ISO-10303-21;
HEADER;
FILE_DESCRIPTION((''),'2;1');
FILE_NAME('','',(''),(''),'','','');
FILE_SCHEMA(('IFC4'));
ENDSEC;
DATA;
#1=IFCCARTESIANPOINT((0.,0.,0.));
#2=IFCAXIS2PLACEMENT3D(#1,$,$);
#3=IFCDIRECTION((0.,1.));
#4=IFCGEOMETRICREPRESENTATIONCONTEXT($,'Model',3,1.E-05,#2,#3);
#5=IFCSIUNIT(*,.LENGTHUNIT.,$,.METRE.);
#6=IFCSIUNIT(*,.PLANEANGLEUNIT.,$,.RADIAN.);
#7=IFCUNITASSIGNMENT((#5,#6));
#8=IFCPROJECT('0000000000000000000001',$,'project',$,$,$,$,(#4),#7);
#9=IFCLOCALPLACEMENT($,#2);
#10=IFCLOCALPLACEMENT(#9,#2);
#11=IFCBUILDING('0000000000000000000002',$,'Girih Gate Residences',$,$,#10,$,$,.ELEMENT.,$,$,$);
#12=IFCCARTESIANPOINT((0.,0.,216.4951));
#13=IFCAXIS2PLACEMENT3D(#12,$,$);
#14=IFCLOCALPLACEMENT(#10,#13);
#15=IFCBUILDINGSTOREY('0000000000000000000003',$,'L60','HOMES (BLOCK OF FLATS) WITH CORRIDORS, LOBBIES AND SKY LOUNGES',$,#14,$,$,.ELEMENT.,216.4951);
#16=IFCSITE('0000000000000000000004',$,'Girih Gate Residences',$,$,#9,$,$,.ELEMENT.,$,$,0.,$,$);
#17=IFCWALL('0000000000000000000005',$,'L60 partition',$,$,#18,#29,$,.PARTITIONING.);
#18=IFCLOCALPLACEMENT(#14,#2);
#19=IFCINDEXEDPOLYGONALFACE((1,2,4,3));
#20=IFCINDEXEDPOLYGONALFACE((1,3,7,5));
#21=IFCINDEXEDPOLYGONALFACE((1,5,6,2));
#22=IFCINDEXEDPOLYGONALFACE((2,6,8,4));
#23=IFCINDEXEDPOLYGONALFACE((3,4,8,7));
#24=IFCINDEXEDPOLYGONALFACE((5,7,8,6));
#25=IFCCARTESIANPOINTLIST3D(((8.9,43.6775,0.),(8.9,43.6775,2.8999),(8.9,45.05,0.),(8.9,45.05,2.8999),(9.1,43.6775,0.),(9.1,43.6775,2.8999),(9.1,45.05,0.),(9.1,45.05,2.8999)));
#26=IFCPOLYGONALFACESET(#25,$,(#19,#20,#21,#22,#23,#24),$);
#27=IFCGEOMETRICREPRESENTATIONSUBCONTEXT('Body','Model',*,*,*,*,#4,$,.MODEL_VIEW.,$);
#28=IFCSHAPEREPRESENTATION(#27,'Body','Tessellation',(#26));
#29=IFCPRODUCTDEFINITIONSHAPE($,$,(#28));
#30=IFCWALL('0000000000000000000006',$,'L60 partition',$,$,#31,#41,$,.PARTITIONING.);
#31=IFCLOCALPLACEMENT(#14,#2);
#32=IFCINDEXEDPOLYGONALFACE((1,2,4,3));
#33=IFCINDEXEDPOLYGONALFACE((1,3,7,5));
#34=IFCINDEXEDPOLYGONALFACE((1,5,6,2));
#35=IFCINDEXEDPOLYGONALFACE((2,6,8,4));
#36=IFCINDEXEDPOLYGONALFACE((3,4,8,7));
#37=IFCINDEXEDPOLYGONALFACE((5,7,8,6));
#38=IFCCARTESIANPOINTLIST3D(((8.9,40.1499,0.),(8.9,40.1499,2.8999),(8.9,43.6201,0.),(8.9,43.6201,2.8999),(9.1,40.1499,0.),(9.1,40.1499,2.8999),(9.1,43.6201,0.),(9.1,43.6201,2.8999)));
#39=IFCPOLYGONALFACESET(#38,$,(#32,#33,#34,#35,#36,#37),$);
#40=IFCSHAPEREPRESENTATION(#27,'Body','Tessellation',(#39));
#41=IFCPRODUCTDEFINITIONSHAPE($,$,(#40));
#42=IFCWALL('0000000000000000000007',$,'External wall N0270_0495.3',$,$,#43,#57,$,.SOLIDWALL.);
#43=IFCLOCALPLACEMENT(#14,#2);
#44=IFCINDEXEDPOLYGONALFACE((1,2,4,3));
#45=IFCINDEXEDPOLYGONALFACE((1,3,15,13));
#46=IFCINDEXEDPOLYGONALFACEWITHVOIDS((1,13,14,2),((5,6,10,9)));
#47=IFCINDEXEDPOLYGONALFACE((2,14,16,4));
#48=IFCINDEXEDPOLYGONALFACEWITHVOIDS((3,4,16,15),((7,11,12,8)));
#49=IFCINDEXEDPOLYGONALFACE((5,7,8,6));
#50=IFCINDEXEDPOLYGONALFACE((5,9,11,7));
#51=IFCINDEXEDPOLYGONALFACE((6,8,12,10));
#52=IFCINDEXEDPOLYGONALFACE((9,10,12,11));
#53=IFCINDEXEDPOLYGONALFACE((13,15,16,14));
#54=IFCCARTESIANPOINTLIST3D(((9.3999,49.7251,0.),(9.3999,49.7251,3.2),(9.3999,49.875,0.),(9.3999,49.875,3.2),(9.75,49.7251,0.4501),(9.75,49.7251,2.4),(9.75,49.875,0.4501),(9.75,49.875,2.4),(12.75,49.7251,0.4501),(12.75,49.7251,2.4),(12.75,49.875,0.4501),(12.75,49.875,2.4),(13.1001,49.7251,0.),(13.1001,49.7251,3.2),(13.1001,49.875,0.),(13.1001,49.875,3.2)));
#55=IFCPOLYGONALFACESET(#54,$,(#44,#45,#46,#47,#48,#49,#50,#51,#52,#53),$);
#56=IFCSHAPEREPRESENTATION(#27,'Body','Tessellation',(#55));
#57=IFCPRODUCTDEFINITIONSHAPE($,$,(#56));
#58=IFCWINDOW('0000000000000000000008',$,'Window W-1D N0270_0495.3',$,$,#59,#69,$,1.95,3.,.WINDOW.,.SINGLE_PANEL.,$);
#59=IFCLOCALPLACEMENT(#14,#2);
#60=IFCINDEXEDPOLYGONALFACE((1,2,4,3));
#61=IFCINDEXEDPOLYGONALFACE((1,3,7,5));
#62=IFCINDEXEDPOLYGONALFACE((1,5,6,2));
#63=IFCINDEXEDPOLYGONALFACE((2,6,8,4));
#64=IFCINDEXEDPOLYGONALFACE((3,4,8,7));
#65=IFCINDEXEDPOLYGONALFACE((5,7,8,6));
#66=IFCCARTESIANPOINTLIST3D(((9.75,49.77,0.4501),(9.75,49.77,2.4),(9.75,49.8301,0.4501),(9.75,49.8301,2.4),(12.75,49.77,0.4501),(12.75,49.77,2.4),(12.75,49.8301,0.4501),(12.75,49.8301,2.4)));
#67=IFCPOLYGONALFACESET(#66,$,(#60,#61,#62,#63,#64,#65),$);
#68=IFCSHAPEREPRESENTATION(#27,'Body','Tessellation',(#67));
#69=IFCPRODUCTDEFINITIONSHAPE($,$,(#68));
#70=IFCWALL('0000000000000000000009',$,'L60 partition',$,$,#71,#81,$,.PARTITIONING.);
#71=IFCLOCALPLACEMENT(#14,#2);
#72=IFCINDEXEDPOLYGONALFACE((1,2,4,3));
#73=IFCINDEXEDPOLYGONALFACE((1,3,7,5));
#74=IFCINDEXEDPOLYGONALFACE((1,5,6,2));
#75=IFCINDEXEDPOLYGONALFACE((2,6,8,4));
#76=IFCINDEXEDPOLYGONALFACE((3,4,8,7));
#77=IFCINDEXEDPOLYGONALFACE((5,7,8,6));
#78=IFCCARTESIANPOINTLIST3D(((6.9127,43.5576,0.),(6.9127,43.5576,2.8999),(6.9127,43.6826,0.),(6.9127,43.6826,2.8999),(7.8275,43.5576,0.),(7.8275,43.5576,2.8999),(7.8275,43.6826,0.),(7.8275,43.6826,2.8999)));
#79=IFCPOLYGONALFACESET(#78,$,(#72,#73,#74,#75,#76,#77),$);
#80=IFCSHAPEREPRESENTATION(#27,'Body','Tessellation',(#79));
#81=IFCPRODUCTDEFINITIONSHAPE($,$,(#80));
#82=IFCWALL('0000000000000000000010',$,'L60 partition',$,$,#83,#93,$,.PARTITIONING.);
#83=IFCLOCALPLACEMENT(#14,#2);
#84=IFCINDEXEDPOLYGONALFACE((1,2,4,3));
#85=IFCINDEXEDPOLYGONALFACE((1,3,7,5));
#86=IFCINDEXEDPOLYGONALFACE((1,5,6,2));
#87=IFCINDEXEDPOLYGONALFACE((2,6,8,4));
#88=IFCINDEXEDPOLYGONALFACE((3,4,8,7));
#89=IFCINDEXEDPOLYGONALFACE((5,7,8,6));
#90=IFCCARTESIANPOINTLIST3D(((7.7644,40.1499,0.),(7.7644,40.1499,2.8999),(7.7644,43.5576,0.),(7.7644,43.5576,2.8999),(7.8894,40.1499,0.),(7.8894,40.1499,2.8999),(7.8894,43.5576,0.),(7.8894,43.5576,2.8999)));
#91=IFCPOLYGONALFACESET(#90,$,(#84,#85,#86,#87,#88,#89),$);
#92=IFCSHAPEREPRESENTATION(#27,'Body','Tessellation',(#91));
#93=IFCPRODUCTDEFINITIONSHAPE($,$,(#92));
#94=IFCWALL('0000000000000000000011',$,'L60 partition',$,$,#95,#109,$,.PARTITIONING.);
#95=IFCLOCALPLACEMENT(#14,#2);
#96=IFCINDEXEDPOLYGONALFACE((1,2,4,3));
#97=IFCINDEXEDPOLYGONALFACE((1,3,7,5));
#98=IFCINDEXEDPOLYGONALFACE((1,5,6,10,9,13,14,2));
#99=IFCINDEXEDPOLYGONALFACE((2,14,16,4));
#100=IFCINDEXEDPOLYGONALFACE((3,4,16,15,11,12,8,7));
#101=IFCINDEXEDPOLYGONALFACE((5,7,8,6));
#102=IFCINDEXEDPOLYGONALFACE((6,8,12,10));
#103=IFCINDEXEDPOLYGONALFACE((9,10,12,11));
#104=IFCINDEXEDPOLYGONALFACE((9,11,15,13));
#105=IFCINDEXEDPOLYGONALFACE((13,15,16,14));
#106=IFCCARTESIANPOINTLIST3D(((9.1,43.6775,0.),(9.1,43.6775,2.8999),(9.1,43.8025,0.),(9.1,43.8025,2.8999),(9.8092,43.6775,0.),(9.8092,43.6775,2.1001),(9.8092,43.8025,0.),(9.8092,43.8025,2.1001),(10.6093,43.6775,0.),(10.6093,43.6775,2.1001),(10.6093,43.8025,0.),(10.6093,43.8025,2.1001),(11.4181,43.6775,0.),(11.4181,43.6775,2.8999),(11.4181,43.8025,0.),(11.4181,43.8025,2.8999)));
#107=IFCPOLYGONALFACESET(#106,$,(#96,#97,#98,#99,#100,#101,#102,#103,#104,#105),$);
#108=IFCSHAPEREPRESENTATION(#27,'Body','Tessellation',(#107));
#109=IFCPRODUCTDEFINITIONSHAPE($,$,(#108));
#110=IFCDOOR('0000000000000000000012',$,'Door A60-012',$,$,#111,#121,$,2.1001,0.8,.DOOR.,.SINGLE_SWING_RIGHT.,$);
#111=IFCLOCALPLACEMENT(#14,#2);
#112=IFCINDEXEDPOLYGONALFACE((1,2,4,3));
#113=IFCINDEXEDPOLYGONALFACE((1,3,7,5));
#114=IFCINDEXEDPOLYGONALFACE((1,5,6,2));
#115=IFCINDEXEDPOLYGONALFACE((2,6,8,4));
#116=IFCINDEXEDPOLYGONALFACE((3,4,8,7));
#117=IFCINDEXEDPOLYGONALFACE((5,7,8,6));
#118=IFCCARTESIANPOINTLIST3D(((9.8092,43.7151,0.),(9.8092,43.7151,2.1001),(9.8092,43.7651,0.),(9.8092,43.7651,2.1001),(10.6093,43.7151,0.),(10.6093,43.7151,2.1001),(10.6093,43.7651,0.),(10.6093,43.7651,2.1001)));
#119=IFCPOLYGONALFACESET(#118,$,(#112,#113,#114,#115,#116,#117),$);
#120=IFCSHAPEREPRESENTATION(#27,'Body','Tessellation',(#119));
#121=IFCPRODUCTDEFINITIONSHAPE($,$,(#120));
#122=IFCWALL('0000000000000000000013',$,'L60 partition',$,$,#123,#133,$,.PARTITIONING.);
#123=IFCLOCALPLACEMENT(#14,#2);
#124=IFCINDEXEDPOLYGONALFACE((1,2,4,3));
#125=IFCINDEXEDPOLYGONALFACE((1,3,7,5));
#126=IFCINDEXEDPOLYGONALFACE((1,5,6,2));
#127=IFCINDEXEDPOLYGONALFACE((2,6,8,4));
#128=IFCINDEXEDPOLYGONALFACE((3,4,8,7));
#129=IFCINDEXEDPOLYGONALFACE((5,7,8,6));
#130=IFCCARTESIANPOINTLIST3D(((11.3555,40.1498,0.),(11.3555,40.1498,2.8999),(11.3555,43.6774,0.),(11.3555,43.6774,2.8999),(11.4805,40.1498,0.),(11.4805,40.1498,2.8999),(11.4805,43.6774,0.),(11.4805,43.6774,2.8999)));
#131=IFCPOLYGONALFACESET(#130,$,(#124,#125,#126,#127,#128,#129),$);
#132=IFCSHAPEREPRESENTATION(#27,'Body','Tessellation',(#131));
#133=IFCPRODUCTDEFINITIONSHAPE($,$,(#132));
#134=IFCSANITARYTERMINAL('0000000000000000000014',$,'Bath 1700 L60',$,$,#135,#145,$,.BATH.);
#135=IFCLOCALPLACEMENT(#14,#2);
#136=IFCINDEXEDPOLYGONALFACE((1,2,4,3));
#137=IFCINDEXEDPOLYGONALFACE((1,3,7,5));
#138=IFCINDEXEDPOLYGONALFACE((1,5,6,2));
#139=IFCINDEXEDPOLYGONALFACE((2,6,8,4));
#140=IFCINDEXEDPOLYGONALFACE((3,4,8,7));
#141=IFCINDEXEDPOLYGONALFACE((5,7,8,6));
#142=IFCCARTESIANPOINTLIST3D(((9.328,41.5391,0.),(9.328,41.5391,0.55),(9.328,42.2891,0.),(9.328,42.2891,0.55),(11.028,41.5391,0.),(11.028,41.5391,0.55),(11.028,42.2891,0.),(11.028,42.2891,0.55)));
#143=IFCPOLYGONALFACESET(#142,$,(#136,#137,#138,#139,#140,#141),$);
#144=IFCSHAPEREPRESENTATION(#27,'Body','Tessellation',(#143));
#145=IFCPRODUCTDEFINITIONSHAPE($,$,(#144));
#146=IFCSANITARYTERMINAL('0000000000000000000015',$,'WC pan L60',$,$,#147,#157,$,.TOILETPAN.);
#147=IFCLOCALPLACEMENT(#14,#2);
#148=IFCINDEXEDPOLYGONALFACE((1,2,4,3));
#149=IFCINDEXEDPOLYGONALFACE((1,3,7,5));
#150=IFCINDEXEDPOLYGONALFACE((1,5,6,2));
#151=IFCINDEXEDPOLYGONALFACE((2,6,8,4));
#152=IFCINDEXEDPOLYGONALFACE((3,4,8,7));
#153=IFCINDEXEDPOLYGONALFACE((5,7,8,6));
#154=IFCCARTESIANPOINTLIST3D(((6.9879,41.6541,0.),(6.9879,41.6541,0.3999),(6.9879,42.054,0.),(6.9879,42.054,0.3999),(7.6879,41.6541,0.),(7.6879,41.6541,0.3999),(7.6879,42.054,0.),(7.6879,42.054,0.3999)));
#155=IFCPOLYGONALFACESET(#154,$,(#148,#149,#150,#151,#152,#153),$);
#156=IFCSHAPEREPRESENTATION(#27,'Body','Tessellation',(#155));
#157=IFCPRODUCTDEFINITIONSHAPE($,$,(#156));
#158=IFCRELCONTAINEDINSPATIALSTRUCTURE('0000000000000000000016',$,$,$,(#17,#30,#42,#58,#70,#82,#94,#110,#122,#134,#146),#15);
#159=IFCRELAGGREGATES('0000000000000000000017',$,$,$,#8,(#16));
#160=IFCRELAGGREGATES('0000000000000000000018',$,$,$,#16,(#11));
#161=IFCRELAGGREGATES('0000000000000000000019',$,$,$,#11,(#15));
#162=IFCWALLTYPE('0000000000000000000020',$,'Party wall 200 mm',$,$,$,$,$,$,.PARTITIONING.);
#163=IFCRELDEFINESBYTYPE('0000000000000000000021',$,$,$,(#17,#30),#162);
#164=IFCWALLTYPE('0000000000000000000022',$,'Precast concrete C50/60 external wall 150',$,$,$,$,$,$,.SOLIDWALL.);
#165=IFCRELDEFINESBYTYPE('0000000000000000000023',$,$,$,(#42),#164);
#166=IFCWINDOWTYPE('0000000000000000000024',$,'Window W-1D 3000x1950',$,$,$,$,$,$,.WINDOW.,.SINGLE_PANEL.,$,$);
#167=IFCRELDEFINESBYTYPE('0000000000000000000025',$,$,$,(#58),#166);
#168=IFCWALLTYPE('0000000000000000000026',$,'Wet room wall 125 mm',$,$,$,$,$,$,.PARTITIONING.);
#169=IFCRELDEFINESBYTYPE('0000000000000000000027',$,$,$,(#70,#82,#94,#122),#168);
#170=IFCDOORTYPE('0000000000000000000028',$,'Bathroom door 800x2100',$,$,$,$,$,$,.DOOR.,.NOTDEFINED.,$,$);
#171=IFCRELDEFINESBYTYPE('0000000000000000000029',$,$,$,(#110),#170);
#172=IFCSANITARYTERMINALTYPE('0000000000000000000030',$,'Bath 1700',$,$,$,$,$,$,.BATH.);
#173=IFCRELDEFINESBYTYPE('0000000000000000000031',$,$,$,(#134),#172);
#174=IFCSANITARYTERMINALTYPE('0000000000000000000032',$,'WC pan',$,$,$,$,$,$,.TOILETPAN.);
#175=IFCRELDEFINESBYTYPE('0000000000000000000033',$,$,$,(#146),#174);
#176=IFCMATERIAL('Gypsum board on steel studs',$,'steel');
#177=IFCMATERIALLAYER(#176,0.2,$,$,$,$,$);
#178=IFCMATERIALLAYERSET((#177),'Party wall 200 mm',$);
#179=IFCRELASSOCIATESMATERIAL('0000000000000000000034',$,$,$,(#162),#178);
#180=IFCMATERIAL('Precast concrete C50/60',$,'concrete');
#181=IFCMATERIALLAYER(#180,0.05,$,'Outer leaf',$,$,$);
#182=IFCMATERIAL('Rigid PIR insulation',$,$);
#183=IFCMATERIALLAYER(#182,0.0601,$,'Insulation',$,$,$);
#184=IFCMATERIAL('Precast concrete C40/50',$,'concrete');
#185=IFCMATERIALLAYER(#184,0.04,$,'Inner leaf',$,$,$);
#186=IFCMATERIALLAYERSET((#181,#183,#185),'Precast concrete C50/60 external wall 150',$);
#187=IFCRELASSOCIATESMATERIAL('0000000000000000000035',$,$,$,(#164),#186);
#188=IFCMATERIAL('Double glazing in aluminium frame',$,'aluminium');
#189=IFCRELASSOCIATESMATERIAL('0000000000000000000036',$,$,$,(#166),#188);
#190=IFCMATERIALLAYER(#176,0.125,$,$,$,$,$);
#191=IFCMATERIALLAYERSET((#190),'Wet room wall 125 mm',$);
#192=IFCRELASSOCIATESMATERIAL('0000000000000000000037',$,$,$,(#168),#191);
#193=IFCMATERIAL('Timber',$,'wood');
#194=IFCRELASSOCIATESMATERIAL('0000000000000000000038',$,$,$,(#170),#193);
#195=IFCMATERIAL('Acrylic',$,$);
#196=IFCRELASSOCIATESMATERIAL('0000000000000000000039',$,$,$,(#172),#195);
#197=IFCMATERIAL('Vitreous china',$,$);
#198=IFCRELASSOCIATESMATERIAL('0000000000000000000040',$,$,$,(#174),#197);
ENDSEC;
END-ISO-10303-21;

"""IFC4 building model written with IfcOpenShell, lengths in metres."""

from ifc_helpers import new_model, si_unit, direction, frame, frame_2d, origin, origin_2d, place, context, subcontext, project, spatial, rectangle, extrude, material, layer, layer_set, type_object, element, fill, save


model = new_model("IFC4")

# Units and contexts
model_context = context("Model", 3, precision=1e-05, world=origin(), true_north=direction((0.0, 1.0)))
body_context = subcontext(model_context, "Body", "Model", "MODEL_VIEW")
ifc_project = project(units=[si_unit("LENGTHUNIT", "METRE"), si_unit("PLANEANGLEUNIT", "RADIAN")], contexts=[model_context])

# Site, building, storey
site_placement = place(None, origin())
site = spatial("IfcSite", under=ifc_project, at=site_placement, Name="Girih Gate Residences", CompositionType="ELEMENT", RefElevation=0.0)
building_placement = place(site_placement, origin())
building = spatial("IfcBuilding", under=site, at=building_placement, Name="Girih Gate Residences", CompositionType="ELEMENT")
storey_placement = place(building_placement, frame((0.0, 0.0, 216.4951)))
storey = spatial("IfcBuildingStorey", under=building, at=storey_placement, Name="L60", Description="HOMES (BLOCK OF FLATS) WITH CORRIDORS, LOBBIES AND SKY LOUNGES", CompositionType="ELEMENT", Elevation=216.4951)

# Shared definitions
ifc_material_1 = material(Name="Gypsum board on steel studs", Category="steel")

# Shared definitions
ifc_material_2 = material(Name="Timber", Category="wood")

# Walls
ifc_layer_1 = layer(ifc_material_1, 0.2)
ifc_layer_set_1 = layer_set([ifc_layer_1], Name="Party wall 200 mm")
wall_type_1 = type_object("IfcWallType", Name="Party wall 200 mm", PredefinedType="PARTITIONING", material=ifc_layer_set_1)
wall_1_placement = place(storey_placement, frame((9.0, 43.6775, 0.0), z_axis=(0.0, 0.0, 1.0), x_axis=(0.0, 1.0, 0.0)))
element("IfcWall", 1, at=wall_1_placement, inside=storey, type_object=wall_type_1, Name="L60 partition", PredefinedType="PARTITIONING", context=body_context, shape_type="SweptSolid", body=[
    extrude(rectangle(XDim=1.3726, YDim=0.2, at=frame_2d((0.6863, 0.0))), origin(), (0.0, 0.0, 1.0), 2.8999),
])
wall_2_placement = place(storey_placement, frame((9.0, 40.1499, 0.0), z_axis=(0.0, 0.0, 1.0), x_axis=(0.0, 1.0, 0.0)))
element("IfcWall", 2, at=wall_2_placement, inside=storey, type_object=wall_type_1, Name="L60 partition", PredefinedType="PARTITIONING", context=body_context, shape_type="SweptSolid", body=[
    extrude(rectangle(XDim=3.4702, YDim=0.2, at=frame_2d((1.7351, 0.0))), origin(), (0.0, 0.0, 1.0), 2.8999),
])

# Wall, opening, window
ifc_material_3 = material(Name="Precast concrete C50/60", Category="concrete")
ifc_layer_2 = layer(ifc_material_3, 0.05, Name="Outer leaf")
ifc_material_4 = material(Name="Rigid PIR insulation")
ifc_layer_3 = layer(ifc_material_4, 0.0601, Name="Insulation")
ifc_material_5 = material(Name="Precast concrete C40/50", Category="concrete")
ifc_layer_4 = layer(ifc_material_5, 0.04, Name="Inner leaf")
ifc_layer_set_2 = layer_set([ifc_layer_2, ifc_layer_3, ifc_layer_4], Name="Precast concrete C50/60 external wall 150")
wall_type_2 = type_object("IfcWallType", Name="Precast concrete C50/60 external wall 150", PredefinedType="SOLIDWALL", material=ifc_layer_set_2)
wall_3_placement = place(storey_placement, frame((9.3999, 49.8, 0.0), z_axis=(0.0, 0.0, 1.0), x_axis=(1.0, 0.0, 0.0)))
wall_3 = element("IfcWall", 3, at=wall_3_placement, inside=storey, type_object=wall_type_2, Name="External wall N0270_0495.3", PredefinedType="SOLIDWALL", context=body_context, shape_type="SweptSolid", body=[
    extrude(rectangle(XDim=3.7002, YDim=0.1499, at=frame_2d((1.8501, 0.0))), origin(), (0.0, 0.0, 1.0), 3.2),
])
opening_1_placement = place(wall_3_placement, frame((0.3501, 0.0, 0.45)))
opening_1 = element("IfcOpeningElement", 4, at=opening_1_placement, cuts=wall_3, PredefinedType="OPENING", context=body_context, shape_type="SweptSolid", body=[
    extrude(rectangle(XDim=3.0, YDim=1.95, at=frame_2d((1.5, 0.9751))), frame((0.0, 0.085, 0.0), z_axis=(0.0, -1.0, 0.0), x_axis=(1.0, 0.0, 0.0)), (0.0, 0.0, 1.0), 0.1699),
])
ifc_material_6 = material(Name="Double glazing in aluminium frame", Category="aluminium")
window_type = type_object("IfcWindowType", Name="Window W-1D 3000x1950", PartitioningType="SINGLE_PANEL", PredefinedType="WINDOW", material=ifc_material_6)
window_placement = place(opening_1_placement, origin())
window = element("IfcWindow", 5, at=window_placement, inside=storey, type_object=window_type, Name="Window W-1D N0270_0495.3", OverallHeight=1.95, OverallWidth=3.0, PartitioningType="SINGLE_PANEL", PredefinedType="WINDOW", context=body_context, shape_type="SweptSolid", body=[
    extrude(rectangle(XDim=3.0, YDim=1.95, at=frame_2d((1.5, 0.9751))), frame((0.0, 0.03, 0.0), z_axis=(0.0, -1.0, 0.0), x_axis=(1.0, 0.0, 0.0)), (0.0, 0.0, 1.0), 0.0601),
])
fill(opening_1, window)

# Walls
ifc_layer_5 = layer(ifc_material_1, 0.125)
ifc_layer_set_3 = layer_set([ifc_layer_5], Name="Wet room wall 125 mm")
wall_type_3 = type_object("IfcWallType", Name="Wet room wall 125 mm", PredefinedType="PARTITIONING", material=ifc_layer_set_3)
wall_4_placement = place(storey_placement, frame((6.9126, 43.6201, 0.0), z_axis=(0.0, 0.0, 1.0), x_axis=(1.0, 0.0, 0.0)))
element("IfcWall", 6, at=wall_4_placement, inside=storey, type_object=wall_type_3, Name="L60 partition", PredefinedType="PARTITIONING", context=body_context, shape_type="SweptSolid", body=[
    extrude(rectangle(XDim=0.9148, YDim=0.125, at=frame_2d((0.4575, 0.0))), origin(), (0.0, 0.0, 1.0), 2.8999),
])
wall_5_placement = place(storey_placement, frame((7.8269, 40.1499, 0.0), z_axis=(0.0, 0.0, 1.0), x_axis=(0.0, 1.0, 0.0)))
element("IfcWall", 7, at=wall_5_placement, inside=storey, type_object=wall_type_3, Name="L60 partition", PredefinedType="PARTITIONING", context=body_context, shape_type="SweptSolid", body=[
    extrude(rectangle(XDim=3.4077, YDim=0.125, at=frame_2d((1.7039, 0.0))), origin(), (0.0, 0.0, 1.0), 2.8999),
])

# Wall, opening, door
wall_6_placement = place(storey_placement, frame((11.4182, 43.74, 0.0), z_axis=(0.0, 0.0, 1.0), x_axis=(-1.0, 0.0, 0.0)))
wall_6 = element("IfcWall", 8, at=wall_6_placement, inside=storey, type_object=wall_type_3, Name="L60 partition", PredefinedType="PARTITIONING", context=body_context, shape_type="SweptSolid", body=[
    extrude(rectangle(XDim=2.3181, YDim=0.125, at=frame_2d((1.1592, 0.0))), origin(), (0.0, 0.0, 1.0), 2.8999),
])
opening_2_placement = place(wall_6_placement, frame((0.8091, 0.0, 0.0)))
opening_2 = element("IfcOpeningElement", 9, at=opening_2_placement, cuts=wall_6, PredefinedType="OPENING", context=body_context, shape_type="SweptSolid", body=[
    extrude(rectangle(XDim=0.8, YDim=2.1001, at=frame_2d((0.3999, 1.05))), frame((0.0, 0.0725, 0.0), z_axis=(0.0, -1.0, 0.0), x_axis=(1.0, 0.0, 0.0)), (0.0, 0.0, 1.0), 0.145),
])
door_type_1 = type_object("IfcDoorType", Name="Bathroom door 800x2100", OperationType="NOTDEFINED", PredefinedType="DOOR", material=ifc_material_2)
door_1_placement = place(opening_2_placement, origin())
door_1 = element("IfcDoor", 10, at=door_1_placement, inside=storey, type_object=door_type_1, Name="Door A60-012", OperationType="SINGLE_SWING_RIGHT", OverallHeight=2.1001, OverallWidth=0.8, PredefinedType="DOOR", context=body_context, shape_type="SweptSolid", body=[
    extrude(rectangle(XDim=0.8, YDim=2.1001, at=frame_2d((0.3999, 1.05))), frame((0.0, 0.0249, 0.0), z_axis=(0.0, -1.0, 0.0), x_axis=(1.0, 0.0, 0.0)), (0.0, 0.0, 1.0), 0.05),
])
fill(opening_2, door_1)

# Wall
wall_7_placement = place(storey_placement, frame((11.418, 40.1499, 0.0), z_axis=(0.0, 0.0, 1.0), x_axis=(0.0, 1.0, 0.0)))
element("IfcWall", 11, at=wall_7_placement, inside=storey, type_object=wall_type_3, Name="L60 partition", PredefinedType="PARTITIONING", context=body_context, shape_type="SweptSolid", body=[
    extrude(rectangle(XDim=3.5276, YDim=0.125, at=frame_2d((1.7637, 0.0))), origin(), (0.0, 0.0, 1.0), 2.8999),
])

# Sanitary terminals
ifc_material_7 = material(Name="Acrylic")
sanitary_terminal_type_1 = type_object("IfcSanitaryTerminalType", Name="Bath 1700", PredefinedType="BATH", material=ifc_material_7)
sanitary_terminal_1_placement = place(storey_placement, frame((10.178, 41.9141, 0.0), z_axis=(0.0, 0.0, 1.0), x_axis=(1.0, 0.0, 0.0)))
element("IfcSanitaryTerminal", 12, at=sanitary_terminal_1_placement, inside=storey, type_object=sanitary_terminal_type_1, Name="Bath 1700 L60", PredefinedType="BATH", context=body_context, shape_type="SweptSolid", body=[
    extrude(rectangle(XDim=1.7, YDim=0.75, at=origin_2d()), origin(), (0.0, 0.0, 1.0), 0.55),
])
ifc_material_8 = material(Name="Vitreous china")
sanitary_terminal_type_2 = type_object("IfcSanitaryTerminalType", Name="WC pan", PredefinedType="TOILETPAN", material=ifc_material_8)
sanitary_terminal_2_placement = place(storey_placement, frame((7.3379, 41.854, 0.0), z_axis=(0.0, 0.0, 1.0), x_axis=(1.0, 0.0, 0.0)))
element("IfcSanitaryTerminal", 13, at=sanitary_terminal_2_placement, inside=storey, type_object=sanitary_terminal_type_2, Name="WC pan L60", PredefinedType="TOILETPAN", context=body_context, shape_type="SweptSolid", body=[
    extrude(rectangle(XDim=0.7, YDim=0.3999, at=origin_2d()), origin(), (0.0, 0.0, 1.0), 0.3999),
])

save(model, "model.ifc")
